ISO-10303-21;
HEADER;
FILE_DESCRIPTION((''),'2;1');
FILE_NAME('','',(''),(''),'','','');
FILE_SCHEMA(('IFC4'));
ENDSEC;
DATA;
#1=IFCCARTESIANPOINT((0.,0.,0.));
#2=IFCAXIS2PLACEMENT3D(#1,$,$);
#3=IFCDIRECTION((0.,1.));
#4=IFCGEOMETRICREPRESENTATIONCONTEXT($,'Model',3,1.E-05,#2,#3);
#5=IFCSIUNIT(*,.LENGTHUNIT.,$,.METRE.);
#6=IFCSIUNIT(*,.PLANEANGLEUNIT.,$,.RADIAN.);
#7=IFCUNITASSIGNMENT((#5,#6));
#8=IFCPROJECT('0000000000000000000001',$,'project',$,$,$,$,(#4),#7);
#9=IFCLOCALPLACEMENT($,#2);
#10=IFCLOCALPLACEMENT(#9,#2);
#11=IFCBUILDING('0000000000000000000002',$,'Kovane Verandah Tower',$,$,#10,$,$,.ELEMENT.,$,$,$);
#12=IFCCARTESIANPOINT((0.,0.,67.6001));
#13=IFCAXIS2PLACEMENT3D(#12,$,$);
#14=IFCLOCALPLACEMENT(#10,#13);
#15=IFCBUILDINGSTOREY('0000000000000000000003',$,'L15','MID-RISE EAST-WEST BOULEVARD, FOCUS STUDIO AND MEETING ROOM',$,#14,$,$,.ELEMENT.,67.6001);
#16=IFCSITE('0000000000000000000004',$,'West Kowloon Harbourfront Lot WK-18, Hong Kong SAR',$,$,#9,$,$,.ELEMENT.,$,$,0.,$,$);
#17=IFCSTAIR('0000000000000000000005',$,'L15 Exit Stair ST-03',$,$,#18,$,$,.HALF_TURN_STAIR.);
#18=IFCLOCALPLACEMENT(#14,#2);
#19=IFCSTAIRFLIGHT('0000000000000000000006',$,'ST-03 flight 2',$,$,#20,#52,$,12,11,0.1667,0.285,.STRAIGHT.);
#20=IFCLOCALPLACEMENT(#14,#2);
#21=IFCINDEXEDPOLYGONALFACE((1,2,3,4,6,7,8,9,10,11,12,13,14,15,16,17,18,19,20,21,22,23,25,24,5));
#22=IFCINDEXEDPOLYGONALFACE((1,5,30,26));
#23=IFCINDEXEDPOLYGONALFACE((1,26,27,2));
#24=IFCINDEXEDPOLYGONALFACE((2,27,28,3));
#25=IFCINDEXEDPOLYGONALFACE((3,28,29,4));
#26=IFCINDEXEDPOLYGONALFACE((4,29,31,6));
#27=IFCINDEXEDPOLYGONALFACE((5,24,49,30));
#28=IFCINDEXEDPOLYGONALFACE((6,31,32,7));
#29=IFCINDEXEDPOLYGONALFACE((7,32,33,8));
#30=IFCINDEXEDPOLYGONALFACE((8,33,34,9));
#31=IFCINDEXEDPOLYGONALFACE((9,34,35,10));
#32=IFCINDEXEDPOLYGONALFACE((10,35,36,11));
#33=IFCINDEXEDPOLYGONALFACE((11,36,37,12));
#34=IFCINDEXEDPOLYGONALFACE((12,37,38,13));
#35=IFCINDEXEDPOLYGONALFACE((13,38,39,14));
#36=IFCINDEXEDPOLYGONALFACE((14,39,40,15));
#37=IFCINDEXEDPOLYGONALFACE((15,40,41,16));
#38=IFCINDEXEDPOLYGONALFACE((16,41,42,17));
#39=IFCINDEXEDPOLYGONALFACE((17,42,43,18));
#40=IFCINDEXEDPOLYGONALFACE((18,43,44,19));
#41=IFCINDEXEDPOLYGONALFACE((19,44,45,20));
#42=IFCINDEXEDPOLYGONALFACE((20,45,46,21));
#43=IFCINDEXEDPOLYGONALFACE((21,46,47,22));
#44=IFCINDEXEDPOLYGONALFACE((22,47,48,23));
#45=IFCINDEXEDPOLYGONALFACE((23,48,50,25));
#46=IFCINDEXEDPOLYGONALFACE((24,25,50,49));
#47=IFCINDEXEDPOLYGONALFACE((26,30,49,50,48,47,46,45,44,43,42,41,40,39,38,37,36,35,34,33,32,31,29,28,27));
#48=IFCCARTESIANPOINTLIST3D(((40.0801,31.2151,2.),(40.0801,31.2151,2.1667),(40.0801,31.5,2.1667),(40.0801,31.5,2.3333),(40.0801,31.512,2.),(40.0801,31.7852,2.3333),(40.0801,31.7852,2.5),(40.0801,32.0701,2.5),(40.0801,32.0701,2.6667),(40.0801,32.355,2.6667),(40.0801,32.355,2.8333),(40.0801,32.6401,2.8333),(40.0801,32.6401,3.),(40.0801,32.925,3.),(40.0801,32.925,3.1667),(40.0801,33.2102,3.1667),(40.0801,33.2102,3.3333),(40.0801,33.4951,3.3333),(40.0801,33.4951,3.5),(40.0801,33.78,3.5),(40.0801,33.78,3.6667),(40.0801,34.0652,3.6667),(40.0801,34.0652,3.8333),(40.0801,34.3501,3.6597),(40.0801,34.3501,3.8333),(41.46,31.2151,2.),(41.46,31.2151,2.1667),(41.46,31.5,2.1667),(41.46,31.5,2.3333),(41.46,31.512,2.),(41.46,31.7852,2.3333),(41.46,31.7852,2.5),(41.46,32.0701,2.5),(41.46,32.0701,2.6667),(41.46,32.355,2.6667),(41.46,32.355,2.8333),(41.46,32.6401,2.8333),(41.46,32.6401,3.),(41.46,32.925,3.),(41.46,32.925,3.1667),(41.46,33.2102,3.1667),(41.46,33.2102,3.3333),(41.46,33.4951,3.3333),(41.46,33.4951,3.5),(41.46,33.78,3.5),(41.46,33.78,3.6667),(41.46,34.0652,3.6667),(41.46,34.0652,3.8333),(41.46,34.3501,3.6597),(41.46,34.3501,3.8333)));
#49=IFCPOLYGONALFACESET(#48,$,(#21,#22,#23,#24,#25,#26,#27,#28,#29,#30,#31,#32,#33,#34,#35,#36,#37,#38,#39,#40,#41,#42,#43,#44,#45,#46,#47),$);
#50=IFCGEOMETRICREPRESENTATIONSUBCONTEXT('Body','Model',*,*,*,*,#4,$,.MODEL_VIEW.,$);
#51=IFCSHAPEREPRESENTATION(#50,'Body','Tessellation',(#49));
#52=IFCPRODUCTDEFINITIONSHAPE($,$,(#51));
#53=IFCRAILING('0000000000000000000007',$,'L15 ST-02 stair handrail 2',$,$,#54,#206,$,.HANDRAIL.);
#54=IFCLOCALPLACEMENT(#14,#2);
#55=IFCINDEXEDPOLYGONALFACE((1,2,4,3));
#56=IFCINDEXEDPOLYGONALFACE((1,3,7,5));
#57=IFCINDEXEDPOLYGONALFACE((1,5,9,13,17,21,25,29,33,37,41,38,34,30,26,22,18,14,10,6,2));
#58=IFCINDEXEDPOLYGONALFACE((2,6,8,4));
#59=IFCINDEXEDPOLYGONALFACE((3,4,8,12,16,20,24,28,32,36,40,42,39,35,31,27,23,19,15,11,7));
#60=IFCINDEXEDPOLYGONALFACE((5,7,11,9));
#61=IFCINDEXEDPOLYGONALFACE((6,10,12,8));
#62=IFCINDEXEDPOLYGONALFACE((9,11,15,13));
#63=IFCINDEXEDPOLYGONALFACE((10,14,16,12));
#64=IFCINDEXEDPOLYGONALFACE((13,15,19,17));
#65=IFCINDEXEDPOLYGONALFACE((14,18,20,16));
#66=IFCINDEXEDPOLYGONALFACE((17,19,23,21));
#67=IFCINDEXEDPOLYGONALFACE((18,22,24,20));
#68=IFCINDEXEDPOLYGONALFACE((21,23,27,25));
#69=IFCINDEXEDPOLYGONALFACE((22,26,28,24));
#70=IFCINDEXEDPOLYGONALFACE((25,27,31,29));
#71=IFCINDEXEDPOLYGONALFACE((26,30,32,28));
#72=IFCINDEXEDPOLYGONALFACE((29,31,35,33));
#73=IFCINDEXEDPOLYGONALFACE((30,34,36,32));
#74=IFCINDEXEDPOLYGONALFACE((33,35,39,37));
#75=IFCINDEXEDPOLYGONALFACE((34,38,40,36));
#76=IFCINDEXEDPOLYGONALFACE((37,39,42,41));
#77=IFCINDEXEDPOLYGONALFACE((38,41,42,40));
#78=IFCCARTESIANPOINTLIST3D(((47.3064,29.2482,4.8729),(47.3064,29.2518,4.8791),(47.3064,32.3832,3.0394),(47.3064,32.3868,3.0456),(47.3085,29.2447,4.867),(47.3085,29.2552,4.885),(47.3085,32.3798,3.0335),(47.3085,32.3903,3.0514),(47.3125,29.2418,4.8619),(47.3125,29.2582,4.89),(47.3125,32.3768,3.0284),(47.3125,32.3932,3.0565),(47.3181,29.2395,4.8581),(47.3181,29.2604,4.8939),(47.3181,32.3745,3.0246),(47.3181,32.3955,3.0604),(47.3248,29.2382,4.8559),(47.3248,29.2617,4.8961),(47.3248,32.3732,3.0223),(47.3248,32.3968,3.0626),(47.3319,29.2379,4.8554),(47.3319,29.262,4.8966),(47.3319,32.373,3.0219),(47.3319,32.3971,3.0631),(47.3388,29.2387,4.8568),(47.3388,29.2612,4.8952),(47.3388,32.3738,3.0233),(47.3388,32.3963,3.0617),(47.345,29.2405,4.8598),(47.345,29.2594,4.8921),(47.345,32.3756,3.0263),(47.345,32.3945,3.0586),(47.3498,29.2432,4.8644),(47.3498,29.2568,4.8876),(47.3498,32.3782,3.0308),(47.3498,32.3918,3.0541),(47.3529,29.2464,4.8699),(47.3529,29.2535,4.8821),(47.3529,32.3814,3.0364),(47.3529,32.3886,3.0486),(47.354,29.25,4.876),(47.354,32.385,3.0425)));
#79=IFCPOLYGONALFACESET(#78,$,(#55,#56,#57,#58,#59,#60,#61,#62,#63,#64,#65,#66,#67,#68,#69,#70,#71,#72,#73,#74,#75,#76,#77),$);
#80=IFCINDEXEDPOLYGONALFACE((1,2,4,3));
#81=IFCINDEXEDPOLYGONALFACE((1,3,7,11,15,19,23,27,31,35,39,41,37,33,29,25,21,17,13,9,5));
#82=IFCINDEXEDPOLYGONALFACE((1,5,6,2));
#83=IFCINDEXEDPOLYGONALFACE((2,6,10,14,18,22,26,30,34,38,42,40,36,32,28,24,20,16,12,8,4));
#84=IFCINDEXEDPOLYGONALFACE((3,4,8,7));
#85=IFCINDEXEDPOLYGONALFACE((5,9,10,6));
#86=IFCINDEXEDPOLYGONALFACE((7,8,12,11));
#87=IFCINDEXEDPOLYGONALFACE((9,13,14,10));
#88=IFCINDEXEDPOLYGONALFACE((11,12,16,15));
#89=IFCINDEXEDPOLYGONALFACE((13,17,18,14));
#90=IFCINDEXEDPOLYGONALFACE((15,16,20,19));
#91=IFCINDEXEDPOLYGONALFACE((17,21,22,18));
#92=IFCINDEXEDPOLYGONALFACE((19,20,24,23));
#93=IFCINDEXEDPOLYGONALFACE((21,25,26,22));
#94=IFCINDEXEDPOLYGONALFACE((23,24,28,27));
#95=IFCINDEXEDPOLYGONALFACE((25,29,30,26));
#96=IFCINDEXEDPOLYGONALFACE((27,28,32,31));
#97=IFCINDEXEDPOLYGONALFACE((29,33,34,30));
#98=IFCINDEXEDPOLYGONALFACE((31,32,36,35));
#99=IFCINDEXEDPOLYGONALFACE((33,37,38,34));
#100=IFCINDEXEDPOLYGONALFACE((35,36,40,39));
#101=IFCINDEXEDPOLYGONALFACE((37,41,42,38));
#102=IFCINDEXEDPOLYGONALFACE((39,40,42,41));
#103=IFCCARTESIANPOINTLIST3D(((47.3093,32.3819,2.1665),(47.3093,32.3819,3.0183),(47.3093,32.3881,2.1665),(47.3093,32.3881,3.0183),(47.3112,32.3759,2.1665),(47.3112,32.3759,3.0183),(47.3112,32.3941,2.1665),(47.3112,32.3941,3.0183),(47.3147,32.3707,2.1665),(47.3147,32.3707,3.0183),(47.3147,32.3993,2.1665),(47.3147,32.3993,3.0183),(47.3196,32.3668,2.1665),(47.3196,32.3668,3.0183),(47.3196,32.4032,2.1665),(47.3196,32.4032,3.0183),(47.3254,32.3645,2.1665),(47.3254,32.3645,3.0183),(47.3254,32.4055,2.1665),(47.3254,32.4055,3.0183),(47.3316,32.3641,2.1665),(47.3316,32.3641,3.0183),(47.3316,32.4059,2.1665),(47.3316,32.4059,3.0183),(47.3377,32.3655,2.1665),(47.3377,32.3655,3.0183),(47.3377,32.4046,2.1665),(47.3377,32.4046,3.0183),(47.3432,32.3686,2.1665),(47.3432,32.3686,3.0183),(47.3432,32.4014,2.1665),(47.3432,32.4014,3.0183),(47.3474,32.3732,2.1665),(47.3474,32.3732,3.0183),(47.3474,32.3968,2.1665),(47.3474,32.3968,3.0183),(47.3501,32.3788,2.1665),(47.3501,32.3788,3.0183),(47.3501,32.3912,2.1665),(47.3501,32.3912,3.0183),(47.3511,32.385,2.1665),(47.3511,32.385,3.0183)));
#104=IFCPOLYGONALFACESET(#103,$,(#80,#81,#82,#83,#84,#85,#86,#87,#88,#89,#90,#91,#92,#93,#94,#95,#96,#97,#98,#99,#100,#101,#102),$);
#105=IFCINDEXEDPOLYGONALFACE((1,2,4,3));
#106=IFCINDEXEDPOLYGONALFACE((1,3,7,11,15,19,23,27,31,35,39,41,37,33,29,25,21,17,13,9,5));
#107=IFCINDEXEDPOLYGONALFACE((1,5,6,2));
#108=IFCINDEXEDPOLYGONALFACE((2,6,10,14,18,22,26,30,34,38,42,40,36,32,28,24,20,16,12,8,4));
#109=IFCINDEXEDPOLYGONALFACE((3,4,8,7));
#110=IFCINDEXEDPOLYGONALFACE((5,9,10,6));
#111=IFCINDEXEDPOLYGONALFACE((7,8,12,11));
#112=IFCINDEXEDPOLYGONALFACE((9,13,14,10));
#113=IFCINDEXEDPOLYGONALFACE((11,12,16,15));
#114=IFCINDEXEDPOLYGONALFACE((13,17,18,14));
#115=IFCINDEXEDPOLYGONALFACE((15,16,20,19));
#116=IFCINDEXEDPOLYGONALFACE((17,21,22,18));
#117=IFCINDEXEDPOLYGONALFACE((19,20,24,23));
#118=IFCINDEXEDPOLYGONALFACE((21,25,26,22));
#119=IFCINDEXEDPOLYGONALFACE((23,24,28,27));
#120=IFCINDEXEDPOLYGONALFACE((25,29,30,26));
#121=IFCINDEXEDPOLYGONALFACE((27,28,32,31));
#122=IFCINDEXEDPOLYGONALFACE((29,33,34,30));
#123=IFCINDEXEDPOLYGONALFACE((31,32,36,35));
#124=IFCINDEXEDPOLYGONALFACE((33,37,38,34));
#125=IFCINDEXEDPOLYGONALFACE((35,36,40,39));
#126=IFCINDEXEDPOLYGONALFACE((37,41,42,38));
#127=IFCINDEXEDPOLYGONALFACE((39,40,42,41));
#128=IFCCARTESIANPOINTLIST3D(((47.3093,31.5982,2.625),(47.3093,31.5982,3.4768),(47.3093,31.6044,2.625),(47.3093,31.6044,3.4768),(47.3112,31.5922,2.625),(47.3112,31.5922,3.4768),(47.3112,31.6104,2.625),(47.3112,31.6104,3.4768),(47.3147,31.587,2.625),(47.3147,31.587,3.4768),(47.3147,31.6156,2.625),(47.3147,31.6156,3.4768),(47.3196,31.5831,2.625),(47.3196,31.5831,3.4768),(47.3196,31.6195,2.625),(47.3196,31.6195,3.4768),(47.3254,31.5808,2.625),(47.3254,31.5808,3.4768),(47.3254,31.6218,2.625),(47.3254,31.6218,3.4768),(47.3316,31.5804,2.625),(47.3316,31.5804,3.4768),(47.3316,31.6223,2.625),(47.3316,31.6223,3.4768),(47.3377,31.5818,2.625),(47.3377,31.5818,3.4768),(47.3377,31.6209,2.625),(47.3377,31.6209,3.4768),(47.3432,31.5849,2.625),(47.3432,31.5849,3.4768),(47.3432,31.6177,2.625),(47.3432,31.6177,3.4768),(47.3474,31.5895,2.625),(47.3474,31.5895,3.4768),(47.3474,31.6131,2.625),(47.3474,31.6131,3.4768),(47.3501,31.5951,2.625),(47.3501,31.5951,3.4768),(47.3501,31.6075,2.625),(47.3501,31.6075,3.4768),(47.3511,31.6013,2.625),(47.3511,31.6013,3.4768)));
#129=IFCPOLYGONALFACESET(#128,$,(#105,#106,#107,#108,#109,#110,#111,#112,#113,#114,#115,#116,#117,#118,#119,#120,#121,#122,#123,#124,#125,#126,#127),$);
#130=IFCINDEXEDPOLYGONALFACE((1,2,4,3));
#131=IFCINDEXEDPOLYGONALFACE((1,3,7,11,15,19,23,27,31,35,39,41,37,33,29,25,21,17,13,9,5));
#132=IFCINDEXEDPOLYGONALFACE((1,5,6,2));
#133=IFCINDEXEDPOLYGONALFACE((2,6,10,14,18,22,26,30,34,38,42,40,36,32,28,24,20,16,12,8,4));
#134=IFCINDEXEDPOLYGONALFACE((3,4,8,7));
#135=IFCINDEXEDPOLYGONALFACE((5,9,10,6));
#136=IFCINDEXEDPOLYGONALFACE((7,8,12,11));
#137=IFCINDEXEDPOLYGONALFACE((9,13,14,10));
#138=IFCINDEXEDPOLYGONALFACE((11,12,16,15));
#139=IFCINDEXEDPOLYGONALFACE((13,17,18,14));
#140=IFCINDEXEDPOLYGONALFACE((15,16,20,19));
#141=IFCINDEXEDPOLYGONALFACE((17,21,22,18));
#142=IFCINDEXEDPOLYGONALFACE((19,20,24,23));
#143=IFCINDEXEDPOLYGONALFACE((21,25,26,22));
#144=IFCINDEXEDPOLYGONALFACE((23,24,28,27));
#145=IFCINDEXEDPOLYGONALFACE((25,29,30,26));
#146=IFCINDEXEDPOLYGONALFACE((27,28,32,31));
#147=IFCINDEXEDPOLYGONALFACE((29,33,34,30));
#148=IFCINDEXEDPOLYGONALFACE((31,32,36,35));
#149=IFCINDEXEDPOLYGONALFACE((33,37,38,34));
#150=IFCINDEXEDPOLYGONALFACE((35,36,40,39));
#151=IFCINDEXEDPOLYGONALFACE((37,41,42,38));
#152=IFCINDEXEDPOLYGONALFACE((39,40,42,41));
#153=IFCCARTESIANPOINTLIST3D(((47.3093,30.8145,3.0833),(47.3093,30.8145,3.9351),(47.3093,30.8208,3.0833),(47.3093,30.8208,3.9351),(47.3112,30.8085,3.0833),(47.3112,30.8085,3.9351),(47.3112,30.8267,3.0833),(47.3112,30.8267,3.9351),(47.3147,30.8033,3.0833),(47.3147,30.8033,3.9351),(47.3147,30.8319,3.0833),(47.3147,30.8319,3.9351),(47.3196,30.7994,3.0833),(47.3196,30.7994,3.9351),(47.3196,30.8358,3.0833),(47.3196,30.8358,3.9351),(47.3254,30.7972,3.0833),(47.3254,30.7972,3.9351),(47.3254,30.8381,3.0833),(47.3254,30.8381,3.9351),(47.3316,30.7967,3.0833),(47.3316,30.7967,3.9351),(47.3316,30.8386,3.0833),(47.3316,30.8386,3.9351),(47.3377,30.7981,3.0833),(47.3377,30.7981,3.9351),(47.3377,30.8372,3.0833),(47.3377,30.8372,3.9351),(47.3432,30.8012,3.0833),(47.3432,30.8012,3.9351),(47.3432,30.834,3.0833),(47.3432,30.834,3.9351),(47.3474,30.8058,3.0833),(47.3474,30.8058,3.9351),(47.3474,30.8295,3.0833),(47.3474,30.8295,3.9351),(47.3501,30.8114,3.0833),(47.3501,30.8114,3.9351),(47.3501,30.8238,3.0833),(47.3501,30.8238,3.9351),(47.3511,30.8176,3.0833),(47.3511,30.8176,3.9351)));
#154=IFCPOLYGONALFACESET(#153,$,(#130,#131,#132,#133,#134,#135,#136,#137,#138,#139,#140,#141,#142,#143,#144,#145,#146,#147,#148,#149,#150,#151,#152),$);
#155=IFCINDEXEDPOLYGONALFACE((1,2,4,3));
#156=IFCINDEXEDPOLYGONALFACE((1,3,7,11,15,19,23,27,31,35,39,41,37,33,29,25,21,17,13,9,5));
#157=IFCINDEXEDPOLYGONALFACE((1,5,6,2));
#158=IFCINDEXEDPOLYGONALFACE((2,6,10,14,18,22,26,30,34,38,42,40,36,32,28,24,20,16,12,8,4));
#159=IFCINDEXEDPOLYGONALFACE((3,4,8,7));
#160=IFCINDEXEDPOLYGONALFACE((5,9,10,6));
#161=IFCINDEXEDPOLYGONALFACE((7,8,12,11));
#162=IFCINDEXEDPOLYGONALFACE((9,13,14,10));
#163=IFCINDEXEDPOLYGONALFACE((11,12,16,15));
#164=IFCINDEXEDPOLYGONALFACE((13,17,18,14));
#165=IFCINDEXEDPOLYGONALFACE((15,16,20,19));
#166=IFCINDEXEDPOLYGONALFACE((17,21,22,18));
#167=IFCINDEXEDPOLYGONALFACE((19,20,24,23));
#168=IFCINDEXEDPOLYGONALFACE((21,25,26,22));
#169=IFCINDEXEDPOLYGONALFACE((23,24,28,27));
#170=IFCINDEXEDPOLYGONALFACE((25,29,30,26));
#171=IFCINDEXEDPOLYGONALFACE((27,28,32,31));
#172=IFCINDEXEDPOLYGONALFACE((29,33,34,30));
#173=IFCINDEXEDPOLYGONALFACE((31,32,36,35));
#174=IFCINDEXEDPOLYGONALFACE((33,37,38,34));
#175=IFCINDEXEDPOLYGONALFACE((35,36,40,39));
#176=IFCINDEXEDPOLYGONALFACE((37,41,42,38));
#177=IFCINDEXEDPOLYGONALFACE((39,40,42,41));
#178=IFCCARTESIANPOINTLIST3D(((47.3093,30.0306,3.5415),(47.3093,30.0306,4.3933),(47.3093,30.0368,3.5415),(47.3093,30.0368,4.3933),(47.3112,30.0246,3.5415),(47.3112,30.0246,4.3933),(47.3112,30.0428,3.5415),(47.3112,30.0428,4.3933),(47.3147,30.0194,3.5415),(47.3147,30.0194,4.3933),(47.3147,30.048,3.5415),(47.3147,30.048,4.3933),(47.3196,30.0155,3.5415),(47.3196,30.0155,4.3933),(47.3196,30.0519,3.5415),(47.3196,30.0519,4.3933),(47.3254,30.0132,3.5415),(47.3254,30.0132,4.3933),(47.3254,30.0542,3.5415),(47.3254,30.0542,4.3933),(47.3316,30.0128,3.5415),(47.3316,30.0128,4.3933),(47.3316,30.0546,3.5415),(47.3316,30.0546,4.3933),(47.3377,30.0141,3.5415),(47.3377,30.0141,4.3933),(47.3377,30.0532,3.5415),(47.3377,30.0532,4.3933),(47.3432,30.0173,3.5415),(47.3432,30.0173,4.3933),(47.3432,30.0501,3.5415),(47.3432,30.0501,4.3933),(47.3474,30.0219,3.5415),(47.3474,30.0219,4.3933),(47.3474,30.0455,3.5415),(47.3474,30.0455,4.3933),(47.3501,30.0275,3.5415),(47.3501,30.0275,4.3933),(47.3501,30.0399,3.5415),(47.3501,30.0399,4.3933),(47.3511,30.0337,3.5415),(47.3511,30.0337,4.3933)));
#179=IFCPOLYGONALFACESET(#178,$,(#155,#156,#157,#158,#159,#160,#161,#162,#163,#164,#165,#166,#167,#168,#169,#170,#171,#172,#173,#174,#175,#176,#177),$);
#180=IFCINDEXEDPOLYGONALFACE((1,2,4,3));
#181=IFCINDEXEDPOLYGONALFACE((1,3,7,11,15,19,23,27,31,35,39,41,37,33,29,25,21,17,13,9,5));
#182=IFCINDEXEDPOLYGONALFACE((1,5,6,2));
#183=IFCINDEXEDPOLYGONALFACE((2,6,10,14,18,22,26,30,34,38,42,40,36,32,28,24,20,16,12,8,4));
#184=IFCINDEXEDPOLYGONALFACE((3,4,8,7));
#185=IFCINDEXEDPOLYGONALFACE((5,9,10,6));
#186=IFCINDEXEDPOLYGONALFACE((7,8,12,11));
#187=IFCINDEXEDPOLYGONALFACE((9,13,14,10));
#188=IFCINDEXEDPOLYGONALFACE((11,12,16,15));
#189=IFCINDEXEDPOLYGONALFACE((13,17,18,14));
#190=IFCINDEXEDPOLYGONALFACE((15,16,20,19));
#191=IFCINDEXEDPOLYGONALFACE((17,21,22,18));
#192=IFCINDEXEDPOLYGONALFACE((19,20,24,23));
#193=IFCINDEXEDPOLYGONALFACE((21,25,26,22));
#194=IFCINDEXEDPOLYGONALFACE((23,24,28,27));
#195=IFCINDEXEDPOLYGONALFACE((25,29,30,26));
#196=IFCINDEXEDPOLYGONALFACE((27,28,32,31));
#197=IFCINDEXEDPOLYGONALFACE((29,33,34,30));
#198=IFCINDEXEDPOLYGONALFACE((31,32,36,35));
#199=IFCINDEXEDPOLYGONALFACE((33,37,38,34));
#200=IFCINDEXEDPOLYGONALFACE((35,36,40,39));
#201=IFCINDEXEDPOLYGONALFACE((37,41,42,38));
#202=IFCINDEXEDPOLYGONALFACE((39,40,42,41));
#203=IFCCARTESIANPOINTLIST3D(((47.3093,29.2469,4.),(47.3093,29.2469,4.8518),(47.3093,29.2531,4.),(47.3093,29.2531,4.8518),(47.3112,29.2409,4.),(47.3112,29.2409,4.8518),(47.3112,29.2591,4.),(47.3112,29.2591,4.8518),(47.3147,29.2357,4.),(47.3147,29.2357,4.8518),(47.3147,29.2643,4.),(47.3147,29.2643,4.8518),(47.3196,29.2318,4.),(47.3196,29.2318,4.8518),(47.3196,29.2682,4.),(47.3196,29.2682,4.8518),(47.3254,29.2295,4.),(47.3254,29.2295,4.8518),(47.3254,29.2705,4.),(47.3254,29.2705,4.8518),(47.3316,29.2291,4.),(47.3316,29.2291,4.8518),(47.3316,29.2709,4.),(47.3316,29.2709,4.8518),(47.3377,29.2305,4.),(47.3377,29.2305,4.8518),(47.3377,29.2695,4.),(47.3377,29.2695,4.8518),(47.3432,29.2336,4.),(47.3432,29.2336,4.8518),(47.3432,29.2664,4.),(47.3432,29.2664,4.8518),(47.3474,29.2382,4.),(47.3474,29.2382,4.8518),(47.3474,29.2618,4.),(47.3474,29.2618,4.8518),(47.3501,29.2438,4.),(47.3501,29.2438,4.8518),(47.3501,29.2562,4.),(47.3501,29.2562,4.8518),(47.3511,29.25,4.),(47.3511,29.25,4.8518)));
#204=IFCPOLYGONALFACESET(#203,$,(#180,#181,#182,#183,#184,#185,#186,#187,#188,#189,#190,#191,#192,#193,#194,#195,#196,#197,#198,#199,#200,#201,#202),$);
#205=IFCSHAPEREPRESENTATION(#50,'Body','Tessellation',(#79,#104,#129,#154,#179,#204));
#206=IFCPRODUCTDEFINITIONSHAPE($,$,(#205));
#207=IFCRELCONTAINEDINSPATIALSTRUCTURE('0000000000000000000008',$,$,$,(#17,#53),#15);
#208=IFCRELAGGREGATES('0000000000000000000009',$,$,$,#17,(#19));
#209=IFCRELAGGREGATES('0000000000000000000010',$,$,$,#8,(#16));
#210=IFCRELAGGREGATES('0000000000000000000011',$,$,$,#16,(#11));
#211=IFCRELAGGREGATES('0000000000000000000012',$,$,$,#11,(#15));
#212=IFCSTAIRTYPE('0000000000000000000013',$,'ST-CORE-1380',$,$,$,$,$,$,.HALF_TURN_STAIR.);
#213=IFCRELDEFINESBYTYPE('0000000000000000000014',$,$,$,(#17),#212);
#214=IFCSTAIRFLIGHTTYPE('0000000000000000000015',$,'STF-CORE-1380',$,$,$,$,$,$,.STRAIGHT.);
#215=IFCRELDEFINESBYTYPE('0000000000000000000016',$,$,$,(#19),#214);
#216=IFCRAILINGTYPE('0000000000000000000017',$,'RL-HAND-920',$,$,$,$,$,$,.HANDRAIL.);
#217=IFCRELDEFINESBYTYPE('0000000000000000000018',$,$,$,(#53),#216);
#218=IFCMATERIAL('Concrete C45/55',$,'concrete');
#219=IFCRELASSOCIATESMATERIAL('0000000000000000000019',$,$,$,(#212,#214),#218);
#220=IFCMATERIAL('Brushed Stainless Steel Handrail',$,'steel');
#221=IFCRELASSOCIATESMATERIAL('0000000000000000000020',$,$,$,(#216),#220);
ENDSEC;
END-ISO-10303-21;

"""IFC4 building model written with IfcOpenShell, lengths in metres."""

from ifc_helpers import new_model, si_unit, direction, frame, origin, origin_2d, place, context, subcontext, project, spatial, polyline, circle, outline, extrude, material, type_object, element, aggregate, save


model = new_model("IFC4")

# Units and contexts
model_context = context("Model", 3, precision=1e-05, world=origin(), true_north=direction((0.0, 1.0)))
body_context = subcontext(model_context, "Body", "Model", "MODEL_VIEW")
ifc_project = project(units=[si_unit("LENGTHUNIT", "METRE"), si_unit("PLANEANGLEUNIT", "RADIAN")], contexts=[model_context])

# Site, building, storey
site_placement = place(None, origin())
site = spatial("IfcSite", under=ifc_project, at=site_placement, Name="West Kowloon Harbourfront Lot WK-18, Hong Kong SAR", CompositionType="ELEMENT", RefElevation=0.0)
building_placement = place(site_placement, origin())
building = spatial("IfcBuilding", under=site, at=building_placement, Name="Kovane Verandah Tower", CompositionType="ELEMENT")
storey_placement = place(building_placement, frame((0.0, 0.0, 67.6001)))
storey = spatial("IfcBuildingStorey", under=building, at=storey_placement, Name="L15", Description="MID-RISE EAST-WEST BOULEVARD, FOCUS STUDIO AND MEETING ROOM", CompositionType="ELEMENT", Elevation=67.6001)

# Shared definitions
ifc_material_1 = material(Name="Concrete C45/55", Category="concrete")

# Stair, stair flight
stair_type = type_object("IfcStairType", Name="ST-CORE-1380", PredefinedType="HALF_TURN_STAIR", material=ifc_material_1)
stair_flight_type = type_object("IfcStairFlightType", Name="STF-CORE-1380", PredefinedType="STRAIGHT", material=ifc_material_1)
stair_1_placement = place(storey_placement, origin())
stair_1 = element("IfcStair", 1, at=stair_1_placement, inside=storey, type_object=stair_type, Name="L15 Exit Stair ST-03", PredefinedType="HALF_TURN_STAIR")
stair_flight_1_placement = place(storey_placement, frame((40.77, 31.2151, 2.0), z_axis=(0.0, 0.0, 1.0), x_axis=(0.0, 1.0, 0.0)))
stair_flight_1 = element("IfcStairFlight", 2, at=stair_flight_1_placement, type_object=stair_flight_type, Name="ST-03 flight 2", NumberOfRisers=12, NumberOfTreads=11, PredefinedType="STRAIGHT", RiserHeight=0.1667, TreadLength=0.285, context=body_context, shape_type="SweptSolid", body=[
    extrude(outline(polyline([(0.0, 0.0), (0.0, 0.1667), (0.2849, 0.1667), (0.2849, 0.3333), (0.5701, 0.3333), (0.5701, 0.5), (0.855, 0.5), (0.855, 0.6667), (1.1399, 0.6667), (1.1399, 0.8333), (1.425, 0.8333), (1.425, 1.0), (1.71, 1.0), (1.71, 1.1667), (1.9951, 1.1667), (1.9951, 1.3333), (2.28, 1.3333), (2.28, 1.5), (2.5649, 1.5), (2.5649, 1.6667), (2.8501, 1.6667), (2.8501, 1.8333), (3.135, 1.8333), (3.135, 2.0), (3.135, 1.6597), (0.2969, 0.0), (0.0, 0.0)])), frame((0.0, 0.6899, 0.0), z_axis=(0.0, -1.0, 0.0), x_axis=(1.0, 0.0, 0.0)), (0.0, 0.0, 1.0), 1.3799),
])
aggregate(stair_1, [stair_flight_1])

# Railing
ifc_material_2 = material(Name="Brushed Stainless Steel Handrail", Category="steel")
railing_type_1 = type_object("IfcRailingType", Name="RL-HAND-920", PredefinedType="HANDRAIL", material=ifc_material_2)
railing_1_placement = place(storey_placement, frame((47.3301, 32.385, 2.1665)))
element("IfcRailing", 3, at=railing_1_placement, inside=storey, type_object=railing_type_1, Name="L15 ST-02 stair handrail 2", PredefinedType="HANDRAIL", context=body_context, shape_type="SweptSolid", body=[
    extrude(circle(Radius=0.0239, at=origin_2d()), frame((0.0, 0.0, 0.876), z_axis=(0.0, -0.86321, 0.504845), x_axis=(1.0, 0.0, 0.0)), (0.0, 0.0, 1.0), 3.6318),
    extrude(circle(Radius=0.021, at=origin_2d()), origin(), (0.0, 0.0, 1.0), 0.8518),
    extrude(circle(Radius=0.021, at=origin_2d()), frame((0.0, -0.7837, 0.4585)), (0.0, 0.0, 1.0), 0.8518),
    extrude(circle(Radius=0.021, at=origin_2d()), frame((0.0, -1.5674, 0.9167)), (0.0, 0.0, 1.0), 0.8518),
    extrude(circle(Radius=0.021, at=origin_2d()), frame((0.0, -2.3513, 1.375)), (0.0, 0.0, 1.0), 0.8518),
    extrude(circle(Radius=0.021, at=origin_2d()), frame((0.0, -3.135, 1.8335)), (0.0, 0.0, 1.0), 0.8518),
])

save(model, "model.ifc")
